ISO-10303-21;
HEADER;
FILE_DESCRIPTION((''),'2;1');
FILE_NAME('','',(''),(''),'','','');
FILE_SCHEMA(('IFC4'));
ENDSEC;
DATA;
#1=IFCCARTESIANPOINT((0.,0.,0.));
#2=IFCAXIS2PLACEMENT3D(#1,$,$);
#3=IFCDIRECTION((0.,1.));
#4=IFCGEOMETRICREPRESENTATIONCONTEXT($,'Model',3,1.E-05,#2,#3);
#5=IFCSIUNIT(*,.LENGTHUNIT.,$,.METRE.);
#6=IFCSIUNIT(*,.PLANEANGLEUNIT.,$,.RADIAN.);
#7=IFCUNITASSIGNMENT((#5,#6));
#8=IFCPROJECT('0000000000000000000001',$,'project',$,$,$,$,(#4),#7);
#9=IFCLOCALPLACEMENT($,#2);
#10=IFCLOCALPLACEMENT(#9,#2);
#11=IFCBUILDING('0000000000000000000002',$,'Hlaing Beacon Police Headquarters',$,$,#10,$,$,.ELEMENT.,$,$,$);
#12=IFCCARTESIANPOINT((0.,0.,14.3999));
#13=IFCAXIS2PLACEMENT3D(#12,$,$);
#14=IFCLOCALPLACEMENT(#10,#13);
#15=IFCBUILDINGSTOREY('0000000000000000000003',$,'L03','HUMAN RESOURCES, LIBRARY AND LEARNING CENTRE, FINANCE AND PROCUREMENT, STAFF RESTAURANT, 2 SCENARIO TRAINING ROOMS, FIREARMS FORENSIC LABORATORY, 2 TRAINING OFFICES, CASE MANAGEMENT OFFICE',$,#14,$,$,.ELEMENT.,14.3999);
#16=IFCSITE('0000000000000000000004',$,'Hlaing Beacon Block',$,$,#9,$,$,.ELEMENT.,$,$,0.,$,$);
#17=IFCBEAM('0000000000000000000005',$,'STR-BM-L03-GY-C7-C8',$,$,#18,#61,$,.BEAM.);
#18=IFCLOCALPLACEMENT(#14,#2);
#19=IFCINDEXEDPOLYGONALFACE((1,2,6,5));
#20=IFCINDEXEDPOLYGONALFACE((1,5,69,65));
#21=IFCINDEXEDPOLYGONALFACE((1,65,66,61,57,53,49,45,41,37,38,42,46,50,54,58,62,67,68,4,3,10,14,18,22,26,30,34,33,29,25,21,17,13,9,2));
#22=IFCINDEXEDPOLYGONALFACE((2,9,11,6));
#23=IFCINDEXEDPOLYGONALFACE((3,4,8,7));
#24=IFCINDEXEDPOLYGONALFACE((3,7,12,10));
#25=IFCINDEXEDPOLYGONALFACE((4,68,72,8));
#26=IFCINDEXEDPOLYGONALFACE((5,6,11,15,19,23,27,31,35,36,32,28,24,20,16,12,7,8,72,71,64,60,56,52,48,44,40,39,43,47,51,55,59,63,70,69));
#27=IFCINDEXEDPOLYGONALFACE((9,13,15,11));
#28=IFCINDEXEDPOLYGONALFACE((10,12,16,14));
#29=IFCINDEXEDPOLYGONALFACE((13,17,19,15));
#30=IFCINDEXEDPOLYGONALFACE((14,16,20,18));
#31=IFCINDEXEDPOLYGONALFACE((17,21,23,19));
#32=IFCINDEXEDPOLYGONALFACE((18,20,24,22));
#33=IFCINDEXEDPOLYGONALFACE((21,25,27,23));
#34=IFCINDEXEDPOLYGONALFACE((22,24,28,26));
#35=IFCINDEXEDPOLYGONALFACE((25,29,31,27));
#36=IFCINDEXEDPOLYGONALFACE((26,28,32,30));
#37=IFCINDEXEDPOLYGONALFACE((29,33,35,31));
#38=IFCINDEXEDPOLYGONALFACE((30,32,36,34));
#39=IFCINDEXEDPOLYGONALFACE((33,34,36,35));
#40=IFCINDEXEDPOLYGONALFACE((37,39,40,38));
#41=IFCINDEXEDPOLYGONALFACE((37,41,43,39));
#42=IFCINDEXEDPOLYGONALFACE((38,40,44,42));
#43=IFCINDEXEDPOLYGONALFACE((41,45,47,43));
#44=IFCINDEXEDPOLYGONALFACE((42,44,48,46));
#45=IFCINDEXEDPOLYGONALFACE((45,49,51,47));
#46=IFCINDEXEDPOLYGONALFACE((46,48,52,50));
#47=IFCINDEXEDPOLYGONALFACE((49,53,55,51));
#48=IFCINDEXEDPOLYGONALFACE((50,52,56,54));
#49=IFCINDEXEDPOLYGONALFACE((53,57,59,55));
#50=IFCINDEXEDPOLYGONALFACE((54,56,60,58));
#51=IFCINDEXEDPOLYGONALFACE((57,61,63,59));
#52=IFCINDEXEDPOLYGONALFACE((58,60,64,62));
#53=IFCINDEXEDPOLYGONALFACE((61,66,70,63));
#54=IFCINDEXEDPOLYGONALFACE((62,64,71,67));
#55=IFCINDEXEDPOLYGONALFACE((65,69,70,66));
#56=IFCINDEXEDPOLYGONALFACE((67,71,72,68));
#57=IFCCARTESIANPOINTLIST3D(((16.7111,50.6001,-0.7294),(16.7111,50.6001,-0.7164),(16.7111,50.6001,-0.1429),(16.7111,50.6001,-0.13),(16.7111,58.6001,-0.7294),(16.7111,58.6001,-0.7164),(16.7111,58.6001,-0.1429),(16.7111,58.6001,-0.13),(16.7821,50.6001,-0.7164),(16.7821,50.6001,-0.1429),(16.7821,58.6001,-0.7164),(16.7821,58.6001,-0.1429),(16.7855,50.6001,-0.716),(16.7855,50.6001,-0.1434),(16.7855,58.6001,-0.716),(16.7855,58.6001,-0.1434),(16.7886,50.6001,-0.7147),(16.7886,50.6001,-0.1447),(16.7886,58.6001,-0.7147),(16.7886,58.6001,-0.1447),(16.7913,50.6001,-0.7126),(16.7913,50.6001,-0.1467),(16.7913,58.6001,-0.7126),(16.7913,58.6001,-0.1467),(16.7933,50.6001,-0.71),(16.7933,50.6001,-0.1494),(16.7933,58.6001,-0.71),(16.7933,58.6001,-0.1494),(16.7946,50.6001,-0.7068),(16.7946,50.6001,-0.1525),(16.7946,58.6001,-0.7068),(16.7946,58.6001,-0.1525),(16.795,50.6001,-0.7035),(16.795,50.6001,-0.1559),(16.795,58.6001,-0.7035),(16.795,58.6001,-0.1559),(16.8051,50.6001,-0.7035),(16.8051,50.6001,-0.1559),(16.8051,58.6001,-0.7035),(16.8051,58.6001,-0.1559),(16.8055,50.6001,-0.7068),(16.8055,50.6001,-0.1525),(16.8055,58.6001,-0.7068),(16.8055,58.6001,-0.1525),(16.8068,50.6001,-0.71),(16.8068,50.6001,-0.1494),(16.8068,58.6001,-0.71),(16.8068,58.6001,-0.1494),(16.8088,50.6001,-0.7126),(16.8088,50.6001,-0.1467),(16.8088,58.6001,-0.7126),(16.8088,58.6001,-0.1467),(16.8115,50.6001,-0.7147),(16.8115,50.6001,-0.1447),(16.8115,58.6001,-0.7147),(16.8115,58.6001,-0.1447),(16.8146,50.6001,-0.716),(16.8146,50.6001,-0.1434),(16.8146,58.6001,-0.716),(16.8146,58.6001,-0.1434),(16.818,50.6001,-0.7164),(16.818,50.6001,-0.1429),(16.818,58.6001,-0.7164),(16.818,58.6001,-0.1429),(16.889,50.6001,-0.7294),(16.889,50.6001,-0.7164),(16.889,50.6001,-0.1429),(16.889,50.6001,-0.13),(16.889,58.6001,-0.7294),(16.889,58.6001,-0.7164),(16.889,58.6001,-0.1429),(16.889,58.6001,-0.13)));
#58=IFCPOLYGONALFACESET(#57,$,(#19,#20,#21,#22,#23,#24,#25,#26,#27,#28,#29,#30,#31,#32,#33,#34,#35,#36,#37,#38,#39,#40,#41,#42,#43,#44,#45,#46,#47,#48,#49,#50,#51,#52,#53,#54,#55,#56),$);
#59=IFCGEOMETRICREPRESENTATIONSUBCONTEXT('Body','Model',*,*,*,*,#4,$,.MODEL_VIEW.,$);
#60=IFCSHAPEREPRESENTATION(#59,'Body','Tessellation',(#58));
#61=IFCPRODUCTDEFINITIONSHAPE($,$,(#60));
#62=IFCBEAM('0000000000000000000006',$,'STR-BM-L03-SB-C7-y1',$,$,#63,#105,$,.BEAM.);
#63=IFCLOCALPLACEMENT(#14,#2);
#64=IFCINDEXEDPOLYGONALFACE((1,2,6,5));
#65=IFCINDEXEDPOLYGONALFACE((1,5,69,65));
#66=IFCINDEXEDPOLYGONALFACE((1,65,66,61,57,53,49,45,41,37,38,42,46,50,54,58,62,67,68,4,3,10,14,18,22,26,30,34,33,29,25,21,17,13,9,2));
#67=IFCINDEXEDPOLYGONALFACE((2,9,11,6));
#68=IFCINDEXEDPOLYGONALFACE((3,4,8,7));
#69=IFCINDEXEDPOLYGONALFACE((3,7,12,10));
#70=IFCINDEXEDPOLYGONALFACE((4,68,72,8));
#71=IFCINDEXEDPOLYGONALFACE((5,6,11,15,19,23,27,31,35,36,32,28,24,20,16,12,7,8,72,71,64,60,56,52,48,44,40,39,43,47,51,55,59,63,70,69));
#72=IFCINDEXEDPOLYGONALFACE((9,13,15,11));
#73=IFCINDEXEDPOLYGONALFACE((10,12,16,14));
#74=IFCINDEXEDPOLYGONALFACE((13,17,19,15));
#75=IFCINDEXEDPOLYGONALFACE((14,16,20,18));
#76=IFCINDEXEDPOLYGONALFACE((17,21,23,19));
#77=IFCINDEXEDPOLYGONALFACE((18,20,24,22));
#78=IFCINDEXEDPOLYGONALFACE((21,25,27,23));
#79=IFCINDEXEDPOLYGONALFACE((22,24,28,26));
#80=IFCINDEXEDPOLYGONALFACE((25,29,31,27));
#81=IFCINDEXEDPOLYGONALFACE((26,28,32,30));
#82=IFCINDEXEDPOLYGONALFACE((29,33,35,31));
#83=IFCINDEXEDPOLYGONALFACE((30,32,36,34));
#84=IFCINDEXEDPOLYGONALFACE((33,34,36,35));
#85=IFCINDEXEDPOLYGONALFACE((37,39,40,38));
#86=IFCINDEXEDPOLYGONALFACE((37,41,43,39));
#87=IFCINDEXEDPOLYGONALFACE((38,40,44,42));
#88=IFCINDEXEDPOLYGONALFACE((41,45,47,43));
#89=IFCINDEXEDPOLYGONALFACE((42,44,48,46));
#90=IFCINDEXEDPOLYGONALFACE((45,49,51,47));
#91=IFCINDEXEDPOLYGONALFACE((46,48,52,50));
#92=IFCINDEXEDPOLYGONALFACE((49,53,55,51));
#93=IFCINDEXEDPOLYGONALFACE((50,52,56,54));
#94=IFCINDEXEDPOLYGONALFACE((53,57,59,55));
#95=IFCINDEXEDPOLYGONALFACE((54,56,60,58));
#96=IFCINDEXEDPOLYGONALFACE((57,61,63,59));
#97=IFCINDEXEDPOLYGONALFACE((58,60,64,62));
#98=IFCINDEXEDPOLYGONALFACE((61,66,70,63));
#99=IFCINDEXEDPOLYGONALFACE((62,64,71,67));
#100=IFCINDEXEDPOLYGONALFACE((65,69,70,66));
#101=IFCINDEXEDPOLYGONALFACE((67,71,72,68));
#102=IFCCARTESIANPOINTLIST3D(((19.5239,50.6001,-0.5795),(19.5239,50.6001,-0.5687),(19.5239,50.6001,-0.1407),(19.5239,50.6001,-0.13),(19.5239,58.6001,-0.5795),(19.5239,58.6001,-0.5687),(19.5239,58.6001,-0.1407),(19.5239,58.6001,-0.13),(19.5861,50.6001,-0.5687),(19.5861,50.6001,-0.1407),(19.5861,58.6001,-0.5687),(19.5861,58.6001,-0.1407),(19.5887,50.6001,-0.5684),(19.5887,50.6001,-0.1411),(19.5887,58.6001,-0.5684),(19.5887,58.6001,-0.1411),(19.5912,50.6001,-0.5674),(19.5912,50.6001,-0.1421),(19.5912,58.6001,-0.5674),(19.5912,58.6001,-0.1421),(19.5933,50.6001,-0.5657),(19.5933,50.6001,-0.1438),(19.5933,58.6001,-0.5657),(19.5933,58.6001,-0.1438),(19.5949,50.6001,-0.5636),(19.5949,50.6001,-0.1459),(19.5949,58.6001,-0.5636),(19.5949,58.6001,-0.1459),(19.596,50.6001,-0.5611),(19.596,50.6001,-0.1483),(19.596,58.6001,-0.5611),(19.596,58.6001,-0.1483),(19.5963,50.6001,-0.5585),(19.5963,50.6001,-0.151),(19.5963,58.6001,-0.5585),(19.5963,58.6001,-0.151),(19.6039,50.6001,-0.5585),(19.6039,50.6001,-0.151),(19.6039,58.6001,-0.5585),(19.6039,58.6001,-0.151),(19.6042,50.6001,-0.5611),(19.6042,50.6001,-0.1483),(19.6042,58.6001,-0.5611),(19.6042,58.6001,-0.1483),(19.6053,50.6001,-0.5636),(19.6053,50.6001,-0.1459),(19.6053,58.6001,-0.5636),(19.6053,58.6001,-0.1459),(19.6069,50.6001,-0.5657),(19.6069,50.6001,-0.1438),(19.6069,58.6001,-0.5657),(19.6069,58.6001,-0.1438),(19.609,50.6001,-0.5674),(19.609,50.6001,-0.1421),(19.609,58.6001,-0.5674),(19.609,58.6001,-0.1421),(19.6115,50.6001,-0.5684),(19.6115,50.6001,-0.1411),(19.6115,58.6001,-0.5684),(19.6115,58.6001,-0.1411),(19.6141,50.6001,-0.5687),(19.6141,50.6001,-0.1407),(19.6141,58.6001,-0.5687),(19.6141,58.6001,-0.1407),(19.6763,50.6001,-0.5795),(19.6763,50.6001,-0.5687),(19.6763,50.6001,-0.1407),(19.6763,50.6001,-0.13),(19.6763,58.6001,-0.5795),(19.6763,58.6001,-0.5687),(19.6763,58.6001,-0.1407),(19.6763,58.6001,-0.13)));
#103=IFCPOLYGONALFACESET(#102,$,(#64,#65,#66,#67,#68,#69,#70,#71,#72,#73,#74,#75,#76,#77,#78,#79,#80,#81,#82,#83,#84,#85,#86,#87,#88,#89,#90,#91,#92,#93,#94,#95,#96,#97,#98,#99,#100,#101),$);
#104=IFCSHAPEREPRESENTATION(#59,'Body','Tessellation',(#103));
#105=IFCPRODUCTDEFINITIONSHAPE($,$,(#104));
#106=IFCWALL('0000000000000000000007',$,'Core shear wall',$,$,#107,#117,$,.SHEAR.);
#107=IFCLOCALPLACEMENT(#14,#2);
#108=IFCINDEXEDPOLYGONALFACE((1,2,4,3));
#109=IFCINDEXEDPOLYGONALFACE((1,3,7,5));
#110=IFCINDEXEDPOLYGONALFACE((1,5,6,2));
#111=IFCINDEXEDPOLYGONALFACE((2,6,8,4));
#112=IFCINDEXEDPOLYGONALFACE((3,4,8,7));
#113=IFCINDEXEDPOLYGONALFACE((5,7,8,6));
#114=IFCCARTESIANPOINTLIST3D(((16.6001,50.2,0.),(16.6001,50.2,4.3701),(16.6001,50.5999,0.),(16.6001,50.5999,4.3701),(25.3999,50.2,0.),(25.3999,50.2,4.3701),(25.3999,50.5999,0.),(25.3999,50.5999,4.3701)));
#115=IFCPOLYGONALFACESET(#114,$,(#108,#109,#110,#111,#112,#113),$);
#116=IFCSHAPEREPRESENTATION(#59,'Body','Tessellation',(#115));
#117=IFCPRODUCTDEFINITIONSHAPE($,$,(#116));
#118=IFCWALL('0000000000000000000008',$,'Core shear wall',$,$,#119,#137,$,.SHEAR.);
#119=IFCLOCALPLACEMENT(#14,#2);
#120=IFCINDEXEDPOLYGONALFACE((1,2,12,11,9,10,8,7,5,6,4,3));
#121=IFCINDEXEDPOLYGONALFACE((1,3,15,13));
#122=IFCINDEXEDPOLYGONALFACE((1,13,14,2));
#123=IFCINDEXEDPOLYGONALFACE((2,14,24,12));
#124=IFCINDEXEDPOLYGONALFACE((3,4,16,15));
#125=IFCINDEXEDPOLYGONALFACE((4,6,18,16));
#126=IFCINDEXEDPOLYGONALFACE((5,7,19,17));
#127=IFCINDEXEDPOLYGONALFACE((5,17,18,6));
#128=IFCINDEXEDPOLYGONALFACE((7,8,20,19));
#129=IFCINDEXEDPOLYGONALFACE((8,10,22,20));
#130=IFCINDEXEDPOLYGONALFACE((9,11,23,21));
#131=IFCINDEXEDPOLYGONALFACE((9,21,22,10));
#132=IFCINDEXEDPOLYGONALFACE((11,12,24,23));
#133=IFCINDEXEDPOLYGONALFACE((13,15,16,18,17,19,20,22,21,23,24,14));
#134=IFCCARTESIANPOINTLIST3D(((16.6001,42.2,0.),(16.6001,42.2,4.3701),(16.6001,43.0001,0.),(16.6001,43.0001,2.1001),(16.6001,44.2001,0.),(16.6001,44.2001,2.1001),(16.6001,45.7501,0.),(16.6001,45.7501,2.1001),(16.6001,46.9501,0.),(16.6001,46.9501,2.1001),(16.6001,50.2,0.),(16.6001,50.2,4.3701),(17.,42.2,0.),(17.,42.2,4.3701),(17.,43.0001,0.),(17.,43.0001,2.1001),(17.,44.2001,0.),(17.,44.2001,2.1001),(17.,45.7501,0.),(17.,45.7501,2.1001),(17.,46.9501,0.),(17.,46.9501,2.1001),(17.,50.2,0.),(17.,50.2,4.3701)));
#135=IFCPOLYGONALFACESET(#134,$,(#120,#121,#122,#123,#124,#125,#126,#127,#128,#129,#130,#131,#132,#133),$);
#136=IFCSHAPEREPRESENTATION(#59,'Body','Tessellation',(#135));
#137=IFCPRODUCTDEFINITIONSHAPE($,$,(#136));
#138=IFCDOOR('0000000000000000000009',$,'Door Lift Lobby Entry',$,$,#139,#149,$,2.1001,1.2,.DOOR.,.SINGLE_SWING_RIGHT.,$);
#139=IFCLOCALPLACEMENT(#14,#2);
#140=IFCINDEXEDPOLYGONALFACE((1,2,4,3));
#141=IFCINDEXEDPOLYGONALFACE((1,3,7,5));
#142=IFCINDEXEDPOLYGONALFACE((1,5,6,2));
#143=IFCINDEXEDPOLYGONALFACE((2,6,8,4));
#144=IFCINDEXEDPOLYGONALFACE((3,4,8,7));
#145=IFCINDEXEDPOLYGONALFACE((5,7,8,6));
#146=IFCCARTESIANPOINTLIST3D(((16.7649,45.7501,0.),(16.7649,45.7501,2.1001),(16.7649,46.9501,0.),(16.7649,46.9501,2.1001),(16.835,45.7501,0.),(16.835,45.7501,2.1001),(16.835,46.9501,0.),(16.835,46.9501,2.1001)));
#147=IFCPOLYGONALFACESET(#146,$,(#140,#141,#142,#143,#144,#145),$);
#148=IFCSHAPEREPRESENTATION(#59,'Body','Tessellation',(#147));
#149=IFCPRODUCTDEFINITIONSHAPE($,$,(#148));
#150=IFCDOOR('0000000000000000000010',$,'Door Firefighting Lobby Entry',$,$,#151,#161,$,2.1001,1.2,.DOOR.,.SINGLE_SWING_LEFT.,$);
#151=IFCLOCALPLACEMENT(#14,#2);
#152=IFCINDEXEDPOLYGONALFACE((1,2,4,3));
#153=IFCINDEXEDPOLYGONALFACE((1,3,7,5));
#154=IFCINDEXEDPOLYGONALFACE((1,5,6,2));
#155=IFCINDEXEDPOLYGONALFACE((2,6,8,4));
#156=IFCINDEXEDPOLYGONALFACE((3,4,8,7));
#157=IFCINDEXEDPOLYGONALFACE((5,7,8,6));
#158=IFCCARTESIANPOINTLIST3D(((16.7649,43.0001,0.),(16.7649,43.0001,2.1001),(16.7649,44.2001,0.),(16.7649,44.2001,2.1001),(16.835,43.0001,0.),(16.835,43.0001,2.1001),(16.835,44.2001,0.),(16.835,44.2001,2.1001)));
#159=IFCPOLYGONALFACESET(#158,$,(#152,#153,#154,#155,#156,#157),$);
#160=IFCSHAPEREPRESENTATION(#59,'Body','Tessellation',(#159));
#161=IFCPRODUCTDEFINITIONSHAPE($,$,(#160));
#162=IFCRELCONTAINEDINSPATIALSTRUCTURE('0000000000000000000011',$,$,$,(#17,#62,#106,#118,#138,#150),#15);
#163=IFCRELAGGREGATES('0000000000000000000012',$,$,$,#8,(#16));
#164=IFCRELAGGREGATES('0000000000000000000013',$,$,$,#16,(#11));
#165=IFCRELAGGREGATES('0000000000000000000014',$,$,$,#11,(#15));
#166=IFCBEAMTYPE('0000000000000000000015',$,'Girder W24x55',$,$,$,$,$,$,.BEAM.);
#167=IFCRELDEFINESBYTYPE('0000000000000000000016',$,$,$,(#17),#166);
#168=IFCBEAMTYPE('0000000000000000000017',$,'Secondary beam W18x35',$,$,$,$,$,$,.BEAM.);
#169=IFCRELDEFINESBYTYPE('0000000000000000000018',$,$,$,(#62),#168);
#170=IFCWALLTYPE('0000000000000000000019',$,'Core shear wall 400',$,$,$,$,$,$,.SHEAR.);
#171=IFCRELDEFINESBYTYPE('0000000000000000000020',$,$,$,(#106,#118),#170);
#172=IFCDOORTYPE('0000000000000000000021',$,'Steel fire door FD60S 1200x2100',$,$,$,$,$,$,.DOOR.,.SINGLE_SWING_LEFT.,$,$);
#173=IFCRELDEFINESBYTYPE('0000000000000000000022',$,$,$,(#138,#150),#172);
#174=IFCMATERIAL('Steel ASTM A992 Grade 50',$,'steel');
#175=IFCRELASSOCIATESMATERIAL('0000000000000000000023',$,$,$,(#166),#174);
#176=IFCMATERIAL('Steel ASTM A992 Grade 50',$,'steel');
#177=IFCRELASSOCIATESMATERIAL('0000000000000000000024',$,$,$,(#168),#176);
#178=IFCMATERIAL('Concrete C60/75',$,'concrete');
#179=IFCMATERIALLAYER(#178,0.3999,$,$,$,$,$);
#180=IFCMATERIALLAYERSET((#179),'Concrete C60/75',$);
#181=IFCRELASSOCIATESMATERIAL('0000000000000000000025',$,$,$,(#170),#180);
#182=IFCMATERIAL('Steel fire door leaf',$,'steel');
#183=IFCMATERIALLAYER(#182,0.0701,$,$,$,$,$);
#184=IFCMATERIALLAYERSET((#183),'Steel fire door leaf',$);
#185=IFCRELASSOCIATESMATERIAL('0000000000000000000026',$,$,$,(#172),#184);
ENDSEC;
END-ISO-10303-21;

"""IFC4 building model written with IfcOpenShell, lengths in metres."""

from ifc_helpers import new_model, si_unit, direction, frame, frame_2d, origin, origin_2d, place, context, subcontext, project, spatial, rectangle, i_section, extrude, material, layer, layer_set, material_profile, profile_set, type_object, element, fill, save


model = new_model("IFC4")

# Units and contexts
model_context = context("Model", 3, precision=1e-05, world=origin(), true_north=direction((0.0, 1.0)))
body_context = subcontext(model_context, "Body", "Model", "MODEL_VIEW")
ifc_project = project(units=[si_unit("LENGTHUNIT", "METRE"), si_unit("PLANEANGLEUNIT", "RADIAN")], contexts=[model_context])

# Site, building, storey
site_placement = place(None, origin())
site = spatial("IfcSite", under=ifc_project, at=site_placement, Name="Hlaing Beacon Block", CompositionType="ELEMENT", RefElevation=0.0)
building_placement = place(site_placement, origin())
building = spatial("IfcBuilding", under=site, at=building_placement, Name="Hlaing Beacon Police Headquarters", CompositionType="ELEMENT")
storey_placement = place(building_placement, frame((0.0, 0.0, 14.3999)))
storey = spatial("IfcBuildingStorey", under=building, at=storey_placement, Name="L03", Description="HUMAN RESOURCES, LIBRARY AND LEARNING CENTRE, FINANCE AND PROCUREMENT, STAFF RESTAURANT, 2 SCENARIO TRAINING ROOMS, FIREARMS FORENSIC LABORATORY, 2 TRAINING OFFICES, CASE MANAGEMENT OFFICE", CompositionType="ELEMENT", Elevation=14.3999)

# Beams
ifc_material_1 = material(Name="Steel ASTM A992 Grade 50", Category="steel")
ifc_material_profile_1 = material_profile(ifc_material_1, i_section(OverallWidth=0.178, OverallDepth=0.5994, WebThickness=0.01, FlangeThickness=0.0129, FilletRadius=0.0129, at=origin_2d()), Name="W24x55")
ifc_profile_set_1 = profile_set([ifc_material_profile_1], Name="Steel ASTM A992 Grade 50")
beam_type_1 = type_object("IfcBeamType", Name="Girder W24x55", PredefinedType="BEAM", material=ifc_profile_set_1)
beam_1_placement = place(storey_placement, frame((16.8, 50.6001, -0.4297), z_axis=(0.0, 1.0, 0.0), x_axis=(-1.0, 0.0, 0.0)))
element("IfcBeam", 1, at=beam_1_placement, inside=storey, type_object=beam_type_1, Name="STR-BM-L03-GY-C7-C8", PredefinedType="BEAM", context=body_context, shape_type="SweptSolid", body=[
    extrude(i_section(OverallWidth=0.178, OverallDepth=0.5994, WebThickness=0.01, FlangeThickness=0.0129, FilletRadius=0.0129, at=origin_2d()), origin(), (0.0, 0.0, 1.0), 8.0),
])
ifc_material_2 = material(Name="Steel ASTM A992 Grade 50", Category="steel")
ifc_material_profile_2 = material_profile(ifc_material_2, i_section(OverallWidth=0.1523, OverallDepth=0.4495, WebThickness=0.0076, FlangeThickness=0.0107, FilletRadius=0.0103, at=origin_2d()), Name="W18x35")
ifc_profile_set_2 = profile_set([ifc_material_profile_2], Name="Steel ASTM A992 Grade 50")
beam_type_2 = type_object("IfcBeamType", Name="Secondary beam W18x35", PredefinedType="BEAM", material=ifc_profile_set_2)
beam_2_placement = place(storey_placement, frame((19.6001, 50.6001, -0.3547), z_axis=(0.0, 1.0, 0.0), x_axis=(-1.0, 0.0, 0.0)))
element("IfcBeam", 2, at=beam_2_placement, inside=storey, type_object=beam_type_2, Name="STR-BM-L03-SB-C7-y1", PredefinedType="BEAM", context=body_context, shape_type="SweptSolid", body=[
    extrude(i_section(OverallWidth=0.1523, OverallDepth=0.4495, WebThickness=0.0076, FlangeThickness=0.0107, FilletRadius=0.0103, at=origin_2d()), origin(), (0.0, 0.0, 1.0), 8.0),
])

# Wall
ifc_material_3 = material(Name="Concrete C60/75", Category="concrete")
ifc_layer_1 = layer(ifc_material_3, 0.3999)
ifc_layer_set_1 = layer_set([ifc_layer_1], Name="Concrete C60/75")
wall_type_1 = type_object("IfcWallType", Name="Core shear wall 400", PredefinedType="SHEAR", material=ifc_layer_set_1)
wall_1_placement = place(storey_placement, frame((16.6001, 50.3999, 0.0), z_axis=(0.0, 0.0, 1.0), x_axis=(1.0, 0.0, 0.0)))
element("IfcWall", 3, at=wall_1_placement, inside=storey, type_object=wall_type_1, Name="Core shear wall", PredefinedType="SHEAR", context=body_context, shape_type="SweptSolid", body=[
    extrude(rectangle(XDim=8.7998, YDim=0.3999, at=frame_2d((4.3999, 0.0))), origin(), (0.0, 0.0, 1.0), 4.3701),
])

# Wall, openings, doors
wall_2_placement = place(storey_placement, frame((16.8, 42.2, 0.0), z_axis=(0.0, 0.0, 1.0), x_axis=(0.0, 1.0, 0.0)))
wall_2 = element("IfcWall", 4, at=wall_2_placement, inside=storey, type_object=wall_type_1, Name="Core shear wall", PredefinedType="SHEAR", context=body_context, shape_type="SweptSolid", body=[
    extrude(rectangle(XDim=8.0, YDim=0.3999, at=frame_2d((4.0, 0.0))), origin(), (0.0, 0.0, 1.0), 4.3701),
])
opening_1_placement = place(wall_2_placement, frame((3.55, 0.0, 0.0)))
opening_1 = element("IfcOpeningElement", 5, at=opening_1_placement, cuts=wall_2, PredefinedType="OPENING", context=body_context, shape_type="SweptSolid", body=[
    extrude(rectangle(XDim=1.2, YDim=2.1001, at=frame_2d((0.6001, 1.05))), frame((0.0, 0.21, 0.0), z_axis=(0.0, -1.0, 0.0), x_axis=(1.0, 0.0, 0.0)), (0.0, 0.0, 1.0), 0.4199),
])
opening_2_placement = place(wall_2_placement, frame((0.8, 0.0, 0.0)))
opening_2 = element("IfcOpeningElement", 6, at=opening_2_placement, cuts=wall_2, PredefinedType="OPENING", context=body_context, shape_type="SweptSolid", body=[
    extrude(rectangle(XDim=1.2, YDim=2.1001, at=frame_2d((0.6001, 1.05))), frame((0.0, 0.21, 0.0), z_axis=(0.0, -1.0, 0.0), x_axis=(1.0, 0.0, 0.0)), (0.0, 0.0, 1.0), 0.4199),
])
ifc_material_4 = material(Name="Steel fire door leaf", Category="steel")
ifc_layer_2 = layer(ifc_material_4, 0.0701)
ifc_layer_set_2 = layer_set([ifc_layer_2], Name="Steel fire door leaf")
door_type_1 = type_object("IfcDoorType", Name="Steel fire door FD60S 1200x2100", OperationType="SINGLE_SWING_LEFT", PredefinedType="DOOR", material=ifc_layer_set_2)
door_1_placement = place(opening_1_placement, frame((1.2, 0.0, 0.0), z_axis=(0.0, 0.0, 1.0), x_axis=(-1.0, 0.0, 0.0)))
door_1 = element("IfcDoor", 7, at=door_1_placement, inside=storey, type_object=door_type_1, Name="Door Lift Lobby Entry", OperationType="SINGLE_SWING_RIGHT", OverallHeight=2.1001, OverallWidth=1.2, PredefinedType="DOOR", context=body_context, shape_type="SweptSolid", body=[
    extrude(rectangle(XDim=1.2, YDim=2.1001, at=frame_2d((0.5999, 1.05))), frame((0.0, 0.0349, 0.0), z_axis=(0.0, -1.0, 0.0), x_axis=(1.0, 0.0, 0.0)), (0.0, 0.0, 1.0), 0.0701),
])
fill(opening_1, door_1)
door_2_placement = place(opening_2_placement, frame((1.2, 0.0, 0.0), z_axis=(0.0, 0.0, 1.0), x_axis=(-1.0, 0.0, 0.0)))
door_2 = element("IfcDoor", 8, at=door_2_placement, inside=storey, type_object=door_type_1, Name="Door Firefighting Lobby Entry", OperationType="SINGLE_SWING_LEFT", OverallHeight=2.1001, OverallWidth=1.2, PredefinedType="DOOR", context=body_context, shape_type="SweptSolid", body=[
    extrude(rectangle(XDim=1.2, YDim=2.1001, at=frame_2d((0.5999, 1.05))), frame((0.0, 0.0349, 0.0), z_axis=(0.0, -1.0, 0.0), x_axis=(1.0, 0.0, 0.0)), (0.0, 0.0, 1.0), 0.0701),
])
fill(opening_2, door_2)

save(model, "model.ifc")
